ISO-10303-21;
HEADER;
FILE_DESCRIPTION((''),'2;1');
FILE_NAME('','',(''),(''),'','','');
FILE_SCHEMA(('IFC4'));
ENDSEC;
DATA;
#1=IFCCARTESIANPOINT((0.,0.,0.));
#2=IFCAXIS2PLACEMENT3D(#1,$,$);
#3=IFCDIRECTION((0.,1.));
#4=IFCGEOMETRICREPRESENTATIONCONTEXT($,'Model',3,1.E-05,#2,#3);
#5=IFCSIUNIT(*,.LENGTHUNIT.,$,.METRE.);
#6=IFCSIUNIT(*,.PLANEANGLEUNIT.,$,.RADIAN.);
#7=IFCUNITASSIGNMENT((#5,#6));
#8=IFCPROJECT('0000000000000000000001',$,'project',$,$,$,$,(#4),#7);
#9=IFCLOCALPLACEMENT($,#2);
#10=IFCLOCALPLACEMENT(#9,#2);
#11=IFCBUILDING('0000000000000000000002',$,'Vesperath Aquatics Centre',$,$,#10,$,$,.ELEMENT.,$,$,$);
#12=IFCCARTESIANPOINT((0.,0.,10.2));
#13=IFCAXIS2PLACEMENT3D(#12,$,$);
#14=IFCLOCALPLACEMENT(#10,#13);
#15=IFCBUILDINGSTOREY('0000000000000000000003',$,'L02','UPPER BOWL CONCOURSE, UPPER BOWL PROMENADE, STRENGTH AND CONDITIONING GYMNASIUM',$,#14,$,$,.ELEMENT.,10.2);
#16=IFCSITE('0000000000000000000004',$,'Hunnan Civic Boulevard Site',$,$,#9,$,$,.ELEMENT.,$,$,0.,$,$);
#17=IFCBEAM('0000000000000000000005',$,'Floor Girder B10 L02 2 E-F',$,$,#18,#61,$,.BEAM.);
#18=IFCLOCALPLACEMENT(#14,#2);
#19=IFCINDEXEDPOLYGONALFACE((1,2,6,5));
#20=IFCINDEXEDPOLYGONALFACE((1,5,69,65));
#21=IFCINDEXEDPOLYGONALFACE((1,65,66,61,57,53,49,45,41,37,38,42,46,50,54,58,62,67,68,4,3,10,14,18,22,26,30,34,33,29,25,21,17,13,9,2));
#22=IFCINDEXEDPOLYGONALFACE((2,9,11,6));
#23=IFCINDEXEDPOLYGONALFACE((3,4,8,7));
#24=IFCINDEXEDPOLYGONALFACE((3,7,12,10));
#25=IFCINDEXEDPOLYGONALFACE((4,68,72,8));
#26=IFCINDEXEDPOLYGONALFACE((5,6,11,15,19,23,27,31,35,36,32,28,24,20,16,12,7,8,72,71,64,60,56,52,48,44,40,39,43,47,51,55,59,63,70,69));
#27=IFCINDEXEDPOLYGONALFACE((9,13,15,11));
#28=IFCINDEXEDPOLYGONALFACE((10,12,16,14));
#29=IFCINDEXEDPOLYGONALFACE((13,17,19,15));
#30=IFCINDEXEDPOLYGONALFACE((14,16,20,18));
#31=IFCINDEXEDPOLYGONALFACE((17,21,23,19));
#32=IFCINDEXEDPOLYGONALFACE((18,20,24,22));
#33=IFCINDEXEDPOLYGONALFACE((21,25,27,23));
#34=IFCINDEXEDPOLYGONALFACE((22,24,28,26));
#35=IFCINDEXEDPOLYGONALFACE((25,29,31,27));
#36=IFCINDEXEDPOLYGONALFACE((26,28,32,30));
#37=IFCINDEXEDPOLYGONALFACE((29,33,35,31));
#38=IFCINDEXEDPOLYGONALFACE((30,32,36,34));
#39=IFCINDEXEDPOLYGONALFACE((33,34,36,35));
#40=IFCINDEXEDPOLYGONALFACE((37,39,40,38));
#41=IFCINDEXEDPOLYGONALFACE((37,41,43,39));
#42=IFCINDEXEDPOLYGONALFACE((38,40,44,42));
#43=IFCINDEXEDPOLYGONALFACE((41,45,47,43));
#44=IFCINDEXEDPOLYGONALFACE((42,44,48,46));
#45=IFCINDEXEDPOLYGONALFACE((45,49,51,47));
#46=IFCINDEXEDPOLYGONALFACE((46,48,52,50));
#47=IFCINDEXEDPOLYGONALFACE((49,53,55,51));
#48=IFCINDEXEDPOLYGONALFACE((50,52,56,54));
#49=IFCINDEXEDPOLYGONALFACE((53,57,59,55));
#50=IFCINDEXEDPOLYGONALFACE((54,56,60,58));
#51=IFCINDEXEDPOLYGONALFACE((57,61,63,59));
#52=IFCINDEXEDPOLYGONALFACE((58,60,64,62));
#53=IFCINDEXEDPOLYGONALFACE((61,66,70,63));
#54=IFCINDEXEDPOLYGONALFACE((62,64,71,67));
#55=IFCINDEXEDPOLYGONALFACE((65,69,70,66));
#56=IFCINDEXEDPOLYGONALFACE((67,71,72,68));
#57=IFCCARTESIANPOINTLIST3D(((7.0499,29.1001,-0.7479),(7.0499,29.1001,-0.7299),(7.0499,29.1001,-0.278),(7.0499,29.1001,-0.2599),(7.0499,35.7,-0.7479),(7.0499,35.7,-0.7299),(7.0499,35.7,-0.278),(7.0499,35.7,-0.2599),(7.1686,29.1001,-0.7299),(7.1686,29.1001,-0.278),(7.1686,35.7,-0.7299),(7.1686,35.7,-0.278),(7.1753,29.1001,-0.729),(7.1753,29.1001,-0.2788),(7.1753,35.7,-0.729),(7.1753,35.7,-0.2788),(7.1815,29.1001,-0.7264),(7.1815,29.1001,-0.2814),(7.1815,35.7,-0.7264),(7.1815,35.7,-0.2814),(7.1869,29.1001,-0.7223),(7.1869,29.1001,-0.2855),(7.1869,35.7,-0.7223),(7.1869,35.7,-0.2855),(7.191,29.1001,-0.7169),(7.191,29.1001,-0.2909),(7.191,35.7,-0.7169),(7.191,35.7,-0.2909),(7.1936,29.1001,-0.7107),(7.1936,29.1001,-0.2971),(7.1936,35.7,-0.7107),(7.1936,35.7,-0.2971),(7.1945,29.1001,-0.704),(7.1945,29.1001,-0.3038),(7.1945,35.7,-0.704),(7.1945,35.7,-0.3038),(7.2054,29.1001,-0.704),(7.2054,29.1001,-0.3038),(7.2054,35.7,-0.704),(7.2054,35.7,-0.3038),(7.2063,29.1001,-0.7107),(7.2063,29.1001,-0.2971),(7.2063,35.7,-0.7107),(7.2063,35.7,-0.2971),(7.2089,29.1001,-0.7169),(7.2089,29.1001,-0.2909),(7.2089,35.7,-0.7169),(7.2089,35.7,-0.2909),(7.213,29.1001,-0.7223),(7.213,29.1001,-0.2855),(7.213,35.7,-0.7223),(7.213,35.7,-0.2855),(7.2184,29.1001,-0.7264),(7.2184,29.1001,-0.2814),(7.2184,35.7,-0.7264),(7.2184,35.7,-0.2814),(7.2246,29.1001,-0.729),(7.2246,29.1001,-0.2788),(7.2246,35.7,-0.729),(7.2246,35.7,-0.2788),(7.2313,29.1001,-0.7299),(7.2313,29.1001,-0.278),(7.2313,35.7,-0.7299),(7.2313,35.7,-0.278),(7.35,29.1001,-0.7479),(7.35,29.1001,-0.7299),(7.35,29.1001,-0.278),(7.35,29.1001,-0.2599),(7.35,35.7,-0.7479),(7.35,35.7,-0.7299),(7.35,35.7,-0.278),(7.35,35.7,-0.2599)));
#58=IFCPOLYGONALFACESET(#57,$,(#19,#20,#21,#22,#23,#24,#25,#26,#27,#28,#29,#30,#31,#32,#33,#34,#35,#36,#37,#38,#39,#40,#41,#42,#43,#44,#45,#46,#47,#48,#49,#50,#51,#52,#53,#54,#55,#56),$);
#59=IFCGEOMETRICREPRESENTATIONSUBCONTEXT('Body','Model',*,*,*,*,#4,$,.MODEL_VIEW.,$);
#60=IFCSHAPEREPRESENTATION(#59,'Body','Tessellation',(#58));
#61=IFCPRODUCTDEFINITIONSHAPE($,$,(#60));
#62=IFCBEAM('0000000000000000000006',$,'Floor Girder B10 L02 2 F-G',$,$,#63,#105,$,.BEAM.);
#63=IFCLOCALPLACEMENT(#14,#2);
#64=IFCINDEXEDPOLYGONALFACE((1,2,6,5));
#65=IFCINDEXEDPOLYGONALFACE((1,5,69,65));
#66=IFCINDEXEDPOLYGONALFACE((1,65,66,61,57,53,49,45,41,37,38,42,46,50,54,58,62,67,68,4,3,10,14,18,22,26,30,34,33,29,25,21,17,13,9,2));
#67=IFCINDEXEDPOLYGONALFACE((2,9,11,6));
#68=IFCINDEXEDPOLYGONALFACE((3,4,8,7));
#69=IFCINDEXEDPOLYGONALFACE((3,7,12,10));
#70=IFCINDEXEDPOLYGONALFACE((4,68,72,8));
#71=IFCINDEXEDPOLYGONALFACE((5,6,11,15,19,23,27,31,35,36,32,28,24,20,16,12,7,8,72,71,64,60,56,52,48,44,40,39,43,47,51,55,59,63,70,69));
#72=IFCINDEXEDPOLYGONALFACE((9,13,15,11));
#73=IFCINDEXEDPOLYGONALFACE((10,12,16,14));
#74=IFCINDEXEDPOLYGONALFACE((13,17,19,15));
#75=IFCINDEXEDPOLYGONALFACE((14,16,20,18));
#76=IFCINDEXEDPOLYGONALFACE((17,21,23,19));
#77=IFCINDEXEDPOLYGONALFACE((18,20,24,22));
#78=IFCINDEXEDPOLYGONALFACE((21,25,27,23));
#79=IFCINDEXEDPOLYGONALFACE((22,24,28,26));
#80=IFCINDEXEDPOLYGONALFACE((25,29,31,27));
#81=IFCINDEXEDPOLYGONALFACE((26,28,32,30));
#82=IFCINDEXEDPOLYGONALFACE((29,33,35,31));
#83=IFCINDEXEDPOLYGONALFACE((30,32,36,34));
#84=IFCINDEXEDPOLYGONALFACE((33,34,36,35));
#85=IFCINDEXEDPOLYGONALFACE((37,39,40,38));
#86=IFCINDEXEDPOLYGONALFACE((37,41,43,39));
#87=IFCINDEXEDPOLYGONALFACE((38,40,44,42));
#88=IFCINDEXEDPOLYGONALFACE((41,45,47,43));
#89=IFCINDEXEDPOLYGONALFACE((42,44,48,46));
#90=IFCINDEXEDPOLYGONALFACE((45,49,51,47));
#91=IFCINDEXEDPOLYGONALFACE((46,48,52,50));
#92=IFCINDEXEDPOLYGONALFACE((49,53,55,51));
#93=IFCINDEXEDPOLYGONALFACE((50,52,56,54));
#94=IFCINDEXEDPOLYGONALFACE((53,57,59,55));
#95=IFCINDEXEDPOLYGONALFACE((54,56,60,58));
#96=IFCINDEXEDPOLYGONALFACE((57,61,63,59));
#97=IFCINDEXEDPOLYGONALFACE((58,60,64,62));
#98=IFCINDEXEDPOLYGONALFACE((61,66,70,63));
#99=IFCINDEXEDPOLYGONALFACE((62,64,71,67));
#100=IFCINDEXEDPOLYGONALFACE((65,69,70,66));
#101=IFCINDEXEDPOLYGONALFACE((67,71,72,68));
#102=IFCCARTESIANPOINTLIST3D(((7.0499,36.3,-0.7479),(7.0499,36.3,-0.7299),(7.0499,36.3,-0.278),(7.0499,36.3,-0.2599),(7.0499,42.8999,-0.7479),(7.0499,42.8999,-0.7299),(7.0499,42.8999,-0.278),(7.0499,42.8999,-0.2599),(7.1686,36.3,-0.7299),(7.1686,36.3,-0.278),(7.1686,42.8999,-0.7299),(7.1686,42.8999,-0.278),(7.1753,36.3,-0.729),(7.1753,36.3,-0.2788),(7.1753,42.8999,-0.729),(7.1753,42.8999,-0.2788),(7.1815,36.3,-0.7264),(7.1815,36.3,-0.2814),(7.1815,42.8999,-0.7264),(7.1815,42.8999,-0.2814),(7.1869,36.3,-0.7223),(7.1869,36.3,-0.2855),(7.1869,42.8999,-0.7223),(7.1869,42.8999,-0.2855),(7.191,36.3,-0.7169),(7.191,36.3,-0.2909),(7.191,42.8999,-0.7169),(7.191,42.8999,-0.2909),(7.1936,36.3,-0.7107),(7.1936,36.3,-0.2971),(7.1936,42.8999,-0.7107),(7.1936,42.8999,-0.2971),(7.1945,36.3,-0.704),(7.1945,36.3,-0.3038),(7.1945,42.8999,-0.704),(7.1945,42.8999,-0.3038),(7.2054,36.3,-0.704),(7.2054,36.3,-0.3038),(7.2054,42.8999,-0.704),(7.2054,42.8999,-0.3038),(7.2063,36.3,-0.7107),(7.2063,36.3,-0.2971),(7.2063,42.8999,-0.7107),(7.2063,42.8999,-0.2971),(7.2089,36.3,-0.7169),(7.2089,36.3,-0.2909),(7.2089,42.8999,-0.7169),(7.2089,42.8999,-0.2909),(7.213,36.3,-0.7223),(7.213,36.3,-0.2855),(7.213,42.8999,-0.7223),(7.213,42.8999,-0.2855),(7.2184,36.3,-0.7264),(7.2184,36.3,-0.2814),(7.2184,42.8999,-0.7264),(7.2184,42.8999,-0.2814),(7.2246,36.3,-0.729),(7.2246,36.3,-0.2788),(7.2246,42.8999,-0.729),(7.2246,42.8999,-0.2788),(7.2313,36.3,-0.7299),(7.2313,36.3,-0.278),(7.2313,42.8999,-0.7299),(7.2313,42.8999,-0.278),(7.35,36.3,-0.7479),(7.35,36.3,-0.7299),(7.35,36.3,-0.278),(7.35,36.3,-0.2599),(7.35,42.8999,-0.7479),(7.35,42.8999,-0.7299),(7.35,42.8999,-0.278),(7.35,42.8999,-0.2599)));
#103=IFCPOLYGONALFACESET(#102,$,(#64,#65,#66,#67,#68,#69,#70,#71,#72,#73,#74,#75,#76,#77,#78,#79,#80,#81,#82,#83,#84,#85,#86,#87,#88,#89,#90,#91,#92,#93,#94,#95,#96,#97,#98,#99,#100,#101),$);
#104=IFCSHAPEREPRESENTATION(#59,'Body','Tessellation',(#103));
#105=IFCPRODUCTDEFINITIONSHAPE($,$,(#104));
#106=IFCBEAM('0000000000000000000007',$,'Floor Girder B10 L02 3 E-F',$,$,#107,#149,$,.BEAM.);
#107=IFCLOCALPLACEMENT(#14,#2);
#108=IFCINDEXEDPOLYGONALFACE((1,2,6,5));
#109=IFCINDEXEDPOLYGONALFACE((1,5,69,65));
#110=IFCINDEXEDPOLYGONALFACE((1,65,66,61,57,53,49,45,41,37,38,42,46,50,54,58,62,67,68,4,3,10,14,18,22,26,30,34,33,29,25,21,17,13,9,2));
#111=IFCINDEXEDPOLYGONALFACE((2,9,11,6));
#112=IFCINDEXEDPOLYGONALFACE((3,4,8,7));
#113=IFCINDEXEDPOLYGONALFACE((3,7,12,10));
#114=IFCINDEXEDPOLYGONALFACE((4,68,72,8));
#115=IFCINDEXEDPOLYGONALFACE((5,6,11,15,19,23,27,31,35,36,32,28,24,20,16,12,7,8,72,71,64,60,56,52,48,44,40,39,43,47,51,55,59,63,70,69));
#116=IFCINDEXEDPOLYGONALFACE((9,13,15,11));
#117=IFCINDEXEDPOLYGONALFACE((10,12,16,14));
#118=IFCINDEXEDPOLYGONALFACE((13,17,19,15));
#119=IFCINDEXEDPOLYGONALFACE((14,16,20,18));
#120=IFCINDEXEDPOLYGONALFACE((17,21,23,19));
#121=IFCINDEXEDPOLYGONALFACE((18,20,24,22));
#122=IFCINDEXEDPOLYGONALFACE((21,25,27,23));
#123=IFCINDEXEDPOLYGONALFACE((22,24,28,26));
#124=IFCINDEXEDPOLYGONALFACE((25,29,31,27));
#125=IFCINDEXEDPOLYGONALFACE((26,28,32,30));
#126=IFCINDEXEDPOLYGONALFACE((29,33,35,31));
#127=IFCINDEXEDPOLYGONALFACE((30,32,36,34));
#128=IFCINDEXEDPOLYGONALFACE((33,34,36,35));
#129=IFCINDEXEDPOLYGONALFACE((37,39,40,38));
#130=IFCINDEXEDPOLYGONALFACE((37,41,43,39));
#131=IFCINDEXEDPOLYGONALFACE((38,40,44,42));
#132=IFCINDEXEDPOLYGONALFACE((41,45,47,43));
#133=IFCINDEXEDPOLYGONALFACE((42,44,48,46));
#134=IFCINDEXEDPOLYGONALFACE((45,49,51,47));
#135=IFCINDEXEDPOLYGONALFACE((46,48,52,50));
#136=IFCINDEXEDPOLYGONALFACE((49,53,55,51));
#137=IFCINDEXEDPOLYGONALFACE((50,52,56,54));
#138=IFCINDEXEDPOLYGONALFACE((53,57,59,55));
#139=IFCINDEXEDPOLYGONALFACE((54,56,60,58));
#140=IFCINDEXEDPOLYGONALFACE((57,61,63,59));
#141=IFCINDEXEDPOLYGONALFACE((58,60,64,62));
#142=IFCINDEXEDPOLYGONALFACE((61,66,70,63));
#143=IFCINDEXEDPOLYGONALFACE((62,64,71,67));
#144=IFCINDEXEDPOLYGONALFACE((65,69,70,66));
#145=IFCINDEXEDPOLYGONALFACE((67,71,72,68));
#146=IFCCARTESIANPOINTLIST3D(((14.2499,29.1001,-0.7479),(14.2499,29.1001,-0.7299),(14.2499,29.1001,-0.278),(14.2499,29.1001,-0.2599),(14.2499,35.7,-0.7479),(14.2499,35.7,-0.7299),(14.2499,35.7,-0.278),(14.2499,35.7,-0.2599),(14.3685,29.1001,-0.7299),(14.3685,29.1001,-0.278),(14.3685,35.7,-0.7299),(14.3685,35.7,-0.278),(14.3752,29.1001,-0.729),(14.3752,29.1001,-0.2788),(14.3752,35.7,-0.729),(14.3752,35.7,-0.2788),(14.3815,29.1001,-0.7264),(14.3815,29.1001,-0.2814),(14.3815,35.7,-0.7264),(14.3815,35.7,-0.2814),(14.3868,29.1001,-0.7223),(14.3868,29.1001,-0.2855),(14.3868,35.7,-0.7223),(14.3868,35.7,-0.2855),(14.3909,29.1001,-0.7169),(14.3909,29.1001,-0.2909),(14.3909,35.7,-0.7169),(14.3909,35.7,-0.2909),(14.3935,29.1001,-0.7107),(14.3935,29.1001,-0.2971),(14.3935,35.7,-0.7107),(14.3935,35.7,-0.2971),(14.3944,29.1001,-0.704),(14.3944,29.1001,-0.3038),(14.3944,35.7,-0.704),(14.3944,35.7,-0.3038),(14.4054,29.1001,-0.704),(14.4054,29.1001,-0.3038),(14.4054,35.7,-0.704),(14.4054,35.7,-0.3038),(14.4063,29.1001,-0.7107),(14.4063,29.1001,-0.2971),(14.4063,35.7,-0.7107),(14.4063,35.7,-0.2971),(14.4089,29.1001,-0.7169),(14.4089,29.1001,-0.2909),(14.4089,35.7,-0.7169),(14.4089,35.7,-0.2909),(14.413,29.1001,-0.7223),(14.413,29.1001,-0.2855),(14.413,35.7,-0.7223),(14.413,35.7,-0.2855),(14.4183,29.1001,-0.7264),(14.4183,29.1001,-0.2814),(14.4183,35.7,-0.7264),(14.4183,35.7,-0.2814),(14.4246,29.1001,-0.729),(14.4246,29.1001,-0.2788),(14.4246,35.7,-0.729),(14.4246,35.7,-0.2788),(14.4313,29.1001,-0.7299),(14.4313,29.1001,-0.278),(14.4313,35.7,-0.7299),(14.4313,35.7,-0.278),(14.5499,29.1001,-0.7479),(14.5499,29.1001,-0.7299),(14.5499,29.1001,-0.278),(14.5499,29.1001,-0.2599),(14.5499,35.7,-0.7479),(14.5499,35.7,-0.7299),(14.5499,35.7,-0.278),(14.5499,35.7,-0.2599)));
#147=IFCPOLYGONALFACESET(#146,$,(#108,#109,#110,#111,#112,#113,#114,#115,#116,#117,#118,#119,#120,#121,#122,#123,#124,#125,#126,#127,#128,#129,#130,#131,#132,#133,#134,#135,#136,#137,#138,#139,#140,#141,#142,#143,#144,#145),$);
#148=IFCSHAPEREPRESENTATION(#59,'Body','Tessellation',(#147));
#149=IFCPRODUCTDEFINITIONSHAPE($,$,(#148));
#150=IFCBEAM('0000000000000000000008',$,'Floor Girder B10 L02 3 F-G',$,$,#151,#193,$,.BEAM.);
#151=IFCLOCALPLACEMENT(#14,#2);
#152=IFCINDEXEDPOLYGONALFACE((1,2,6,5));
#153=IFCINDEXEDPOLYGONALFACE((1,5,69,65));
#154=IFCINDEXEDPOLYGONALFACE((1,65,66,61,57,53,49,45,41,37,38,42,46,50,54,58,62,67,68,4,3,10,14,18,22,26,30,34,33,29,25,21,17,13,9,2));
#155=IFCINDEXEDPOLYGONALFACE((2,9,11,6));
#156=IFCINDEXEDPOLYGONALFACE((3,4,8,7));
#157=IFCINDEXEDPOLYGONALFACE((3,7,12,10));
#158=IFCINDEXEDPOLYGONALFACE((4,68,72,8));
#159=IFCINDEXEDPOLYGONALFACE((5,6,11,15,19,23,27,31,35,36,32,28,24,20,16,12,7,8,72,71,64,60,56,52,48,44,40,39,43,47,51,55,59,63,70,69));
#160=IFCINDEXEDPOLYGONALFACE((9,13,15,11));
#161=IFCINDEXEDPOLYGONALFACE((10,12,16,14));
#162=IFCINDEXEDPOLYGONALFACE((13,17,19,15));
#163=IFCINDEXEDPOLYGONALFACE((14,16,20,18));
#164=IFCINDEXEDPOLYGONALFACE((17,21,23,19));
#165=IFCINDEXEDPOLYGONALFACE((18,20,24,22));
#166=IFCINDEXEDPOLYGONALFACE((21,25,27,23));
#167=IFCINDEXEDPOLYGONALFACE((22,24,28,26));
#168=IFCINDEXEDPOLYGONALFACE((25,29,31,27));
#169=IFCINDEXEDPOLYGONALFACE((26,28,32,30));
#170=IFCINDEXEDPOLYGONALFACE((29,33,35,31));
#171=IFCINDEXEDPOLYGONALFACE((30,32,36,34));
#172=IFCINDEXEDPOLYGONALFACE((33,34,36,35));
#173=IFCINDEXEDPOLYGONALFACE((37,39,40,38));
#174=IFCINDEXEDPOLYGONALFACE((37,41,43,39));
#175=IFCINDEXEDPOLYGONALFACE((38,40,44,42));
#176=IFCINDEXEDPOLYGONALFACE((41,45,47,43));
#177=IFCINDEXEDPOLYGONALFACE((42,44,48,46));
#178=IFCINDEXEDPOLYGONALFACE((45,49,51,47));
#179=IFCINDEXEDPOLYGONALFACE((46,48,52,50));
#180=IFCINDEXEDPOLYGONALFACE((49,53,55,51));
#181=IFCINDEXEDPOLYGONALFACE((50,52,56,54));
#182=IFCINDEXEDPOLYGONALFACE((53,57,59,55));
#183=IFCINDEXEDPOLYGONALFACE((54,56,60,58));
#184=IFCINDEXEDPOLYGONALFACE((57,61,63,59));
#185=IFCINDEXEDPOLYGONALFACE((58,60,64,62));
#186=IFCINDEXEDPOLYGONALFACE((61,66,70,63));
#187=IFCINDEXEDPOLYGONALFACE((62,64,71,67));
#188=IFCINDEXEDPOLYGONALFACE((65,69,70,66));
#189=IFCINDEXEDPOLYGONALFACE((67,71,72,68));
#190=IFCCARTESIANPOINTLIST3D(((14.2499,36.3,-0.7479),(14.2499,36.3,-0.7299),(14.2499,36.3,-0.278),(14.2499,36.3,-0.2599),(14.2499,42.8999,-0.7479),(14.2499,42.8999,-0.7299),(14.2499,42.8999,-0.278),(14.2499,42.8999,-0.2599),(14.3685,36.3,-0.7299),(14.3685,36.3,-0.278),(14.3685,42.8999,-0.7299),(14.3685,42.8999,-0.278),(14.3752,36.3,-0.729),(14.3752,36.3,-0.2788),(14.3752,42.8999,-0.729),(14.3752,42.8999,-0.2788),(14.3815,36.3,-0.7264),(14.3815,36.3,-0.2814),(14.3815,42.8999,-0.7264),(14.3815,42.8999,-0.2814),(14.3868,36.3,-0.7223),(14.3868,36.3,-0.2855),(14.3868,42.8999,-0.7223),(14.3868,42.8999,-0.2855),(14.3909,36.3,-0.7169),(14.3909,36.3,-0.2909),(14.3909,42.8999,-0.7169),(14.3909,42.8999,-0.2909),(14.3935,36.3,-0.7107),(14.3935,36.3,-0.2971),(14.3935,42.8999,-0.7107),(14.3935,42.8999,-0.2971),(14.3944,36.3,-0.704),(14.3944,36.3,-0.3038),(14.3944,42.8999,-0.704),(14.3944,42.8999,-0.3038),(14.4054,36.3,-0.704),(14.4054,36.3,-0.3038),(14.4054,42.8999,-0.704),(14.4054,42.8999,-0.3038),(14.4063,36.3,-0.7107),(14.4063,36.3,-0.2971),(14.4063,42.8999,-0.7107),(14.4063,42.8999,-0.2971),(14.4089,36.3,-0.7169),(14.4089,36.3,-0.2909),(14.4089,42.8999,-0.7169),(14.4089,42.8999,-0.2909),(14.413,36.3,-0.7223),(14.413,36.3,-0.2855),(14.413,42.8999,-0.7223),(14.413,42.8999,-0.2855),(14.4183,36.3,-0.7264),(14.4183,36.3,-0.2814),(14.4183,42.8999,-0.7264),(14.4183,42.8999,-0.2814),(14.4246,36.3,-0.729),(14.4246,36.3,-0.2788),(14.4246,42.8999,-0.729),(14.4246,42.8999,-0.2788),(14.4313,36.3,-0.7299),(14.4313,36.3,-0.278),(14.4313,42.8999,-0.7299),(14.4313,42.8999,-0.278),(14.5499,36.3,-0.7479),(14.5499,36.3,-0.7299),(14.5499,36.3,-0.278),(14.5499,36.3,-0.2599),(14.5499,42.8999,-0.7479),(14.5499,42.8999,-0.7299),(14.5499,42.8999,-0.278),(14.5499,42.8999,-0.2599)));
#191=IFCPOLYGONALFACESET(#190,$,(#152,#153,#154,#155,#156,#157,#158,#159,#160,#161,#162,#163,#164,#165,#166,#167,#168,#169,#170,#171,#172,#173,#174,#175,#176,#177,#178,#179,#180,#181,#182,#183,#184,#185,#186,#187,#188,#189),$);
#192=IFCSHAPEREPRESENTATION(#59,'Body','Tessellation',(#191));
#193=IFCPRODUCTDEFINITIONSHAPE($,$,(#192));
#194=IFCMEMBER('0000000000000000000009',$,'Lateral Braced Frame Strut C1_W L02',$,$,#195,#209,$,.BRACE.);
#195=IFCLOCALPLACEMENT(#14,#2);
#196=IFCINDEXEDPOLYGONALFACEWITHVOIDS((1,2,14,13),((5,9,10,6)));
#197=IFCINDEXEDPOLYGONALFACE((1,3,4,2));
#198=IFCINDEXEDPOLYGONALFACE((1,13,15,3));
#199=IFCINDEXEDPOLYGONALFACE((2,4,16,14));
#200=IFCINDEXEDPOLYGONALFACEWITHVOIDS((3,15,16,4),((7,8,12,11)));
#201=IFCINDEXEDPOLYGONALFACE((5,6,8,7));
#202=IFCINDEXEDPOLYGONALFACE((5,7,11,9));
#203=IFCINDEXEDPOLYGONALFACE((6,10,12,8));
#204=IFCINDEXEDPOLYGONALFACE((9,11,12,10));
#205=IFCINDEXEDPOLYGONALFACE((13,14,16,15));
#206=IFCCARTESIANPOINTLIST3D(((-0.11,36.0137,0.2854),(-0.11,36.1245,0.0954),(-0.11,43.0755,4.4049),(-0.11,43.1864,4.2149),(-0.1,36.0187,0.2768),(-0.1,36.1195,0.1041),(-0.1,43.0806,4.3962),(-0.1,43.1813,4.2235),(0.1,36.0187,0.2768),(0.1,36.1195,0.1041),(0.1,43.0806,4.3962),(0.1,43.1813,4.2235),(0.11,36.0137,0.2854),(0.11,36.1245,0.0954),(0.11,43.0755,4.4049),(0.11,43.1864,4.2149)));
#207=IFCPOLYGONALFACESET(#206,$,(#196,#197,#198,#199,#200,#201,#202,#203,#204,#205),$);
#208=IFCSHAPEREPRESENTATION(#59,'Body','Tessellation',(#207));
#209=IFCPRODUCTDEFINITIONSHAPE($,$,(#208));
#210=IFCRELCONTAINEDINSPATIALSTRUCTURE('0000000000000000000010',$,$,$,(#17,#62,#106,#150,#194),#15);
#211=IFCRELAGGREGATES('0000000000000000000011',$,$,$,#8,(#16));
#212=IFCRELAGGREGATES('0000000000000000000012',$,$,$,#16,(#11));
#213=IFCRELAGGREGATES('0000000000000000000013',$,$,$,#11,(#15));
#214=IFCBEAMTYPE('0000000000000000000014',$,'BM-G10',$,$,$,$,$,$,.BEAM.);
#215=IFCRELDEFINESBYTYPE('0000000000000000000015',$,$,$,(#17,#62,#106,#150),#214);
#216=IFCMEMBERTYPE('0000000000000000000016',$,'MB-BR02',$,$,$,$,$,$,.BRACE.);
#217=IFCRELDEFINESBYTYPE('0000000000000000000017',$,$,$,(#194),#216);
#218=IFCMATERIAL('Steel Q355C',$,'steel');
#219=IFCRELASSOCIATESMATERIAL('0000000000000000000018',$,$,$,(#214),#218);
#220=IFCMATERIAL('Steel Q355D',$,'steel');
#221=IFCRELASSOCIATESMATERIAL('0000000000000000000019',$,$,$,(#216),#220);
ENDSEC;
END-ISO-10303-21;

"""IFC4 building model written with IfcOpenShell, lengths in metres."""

from ifc_helpers import new_model, si_unit, direction, frame, origin, origin_2d, place, context, subcontext, project, spatial, hollow_rectangle, i_section, extrude, material, material_profile, profile_set, type_object, element, save


model = new_model("IFC4")

# Units and contexts
model_context = context("Model", 3, precision=1e-05, world=origin(), true_north=direction((0.0, 1.0)))
body_context = subcontext(model_context, "Body", "Model", "MODEL_VIEW")
ifc_project = project(units=[si_unit("LENGTHUNIT", "METRE"), si_unit("PLANEANGLEUNIT", "RADIAN")], contexts=[model_context])

# Site, building, storey
site_placement = place(None, origin())
site = spatial("IfcSite", under=ifc_project, at=site_placement, Name="Hunnan Civic Boulevard Site", CompositionType="ELEMENT", RefElevation=0.0)
building_placement = place(site_placement, origin())
building = spatial("IfcBuilding", under=site, at=building_placement, Name="Vesperath Aquatics Centre", CompositionType="ELEMENT")
storey_placement = place(building_placement, frame((0.0, 0.0, 10.2)))
storey = spatial("IfcBuildingStorey", under=building, at=storey_placement, Name="L02", Description="UPPER BOWL CONCOURSE, UPPER BOWL PROMENADE, STRENGTH AND CONDITIONING GYMNASIUM", CompositionType="ELEMENT", Elevation=10.2)

# Beams
ifc_material_1 = material(Name="Steel Q355C", Category="steel")
ifc_material_profile_1 = material_profile(ifc_material_1, i_section(OverallWidth=0.3, OverallDepth=0.488, WebThickness=0.011, FlangeThickness=0.0181, FilletRadius=0.0259, at=origin_2d()), Name="HM 488x300x11x18")
ifc_profile_set_1 = profile_set([ifc_material_profile_1], Name="Steel Q355C")
beam_type_1 = type_object("IfcBeamType", Name="BM-G10", PredefinedType="BEAM", material=ifc_profile_set_1)
for number, where, z_axis, x_axis, name in (
    (1, (7.2, 29.1001, -0.5039), (0.0, 1.0, 0.0), (-1.0, 0.0, 0.0), "Floor Girder B10 L02 2 E-F"),
    (2, (7.2, 36.3, -0.5039), (0.0, 1.0, 0.0), (-1.0, 0.0, 0.0), "Floor Girder B10 L02 2 F-G"),
    (3, (14.3999, 29.1001, -0.5039), (0.0, 1.0, 0.0), (-1.0, 0.0, 0.0), "Floor Girder B10 L02 3 E-F"),
    (4, (14.3999, 36.3, -0.5039), (0.0, 1.0, 0.0), (-1.0, 0.0, 0.0), "Floor Girder B10 L02 3 F-G"),
):
    element("IfcBeam", number, at=place(storey_placement, frame(where, z_axis=z_axis, x_axis=x_axis)), inside=storey, type_object=beam_type_1, Name=name, PredefinedType="BEAM", context=body_context, shape_type="SweptSolid", body=[
        extrude(i_section(OverallWidth=0.3, OverallDepth=0.488, WebThickness=0.011, FlangeThickness=0.0181, FilletRadius=0.0259, at=origin_2d()), origin(), (0.0, 0.0, 1.0), 6.5999),
    ])

# Member
ifc_material_2 = material(Name="Steel Q355D", Category="steel")
ifc_material_profile_2 = material_profile(ifc_material_2, hollow_rectangle(XDim=0.22, YDim=0.22, WallThickness=0.01, at=origin_2d()), Name="SHS 220x220x10")
ifc_profile_set_2 = profile_set([ifc_material_profile_2], Name="Steel Q355D")
member_type = type_object("IfcMemberType", Name="MB-BR02", PredefinedType="BRACE", material=ifc_profile_set_2)
member_placement = place(storey_placement, frame((0.0, 36.0691, 0.1904), z_axis=(0.0, 0.863778, 0.503873), x_axis=(-1.0, 0.0, 0.0)))
element("IfcMember", 5, at=member_placement, inside=storey, type_object=member_type, Name="Lateral Braced Frame Strut C1_W L02", PredefinedType="BRACE", context=body_context, shape_type="SweptSolid", body=[
    extrude(hollow_rectangle(XDim=0.22, YDim=0.22, WallThickness=0.01, at=origin_2d()), origin(), (0.0, 0.0, 1.0), 8.1755),
])

save(model, "model.ifc")
